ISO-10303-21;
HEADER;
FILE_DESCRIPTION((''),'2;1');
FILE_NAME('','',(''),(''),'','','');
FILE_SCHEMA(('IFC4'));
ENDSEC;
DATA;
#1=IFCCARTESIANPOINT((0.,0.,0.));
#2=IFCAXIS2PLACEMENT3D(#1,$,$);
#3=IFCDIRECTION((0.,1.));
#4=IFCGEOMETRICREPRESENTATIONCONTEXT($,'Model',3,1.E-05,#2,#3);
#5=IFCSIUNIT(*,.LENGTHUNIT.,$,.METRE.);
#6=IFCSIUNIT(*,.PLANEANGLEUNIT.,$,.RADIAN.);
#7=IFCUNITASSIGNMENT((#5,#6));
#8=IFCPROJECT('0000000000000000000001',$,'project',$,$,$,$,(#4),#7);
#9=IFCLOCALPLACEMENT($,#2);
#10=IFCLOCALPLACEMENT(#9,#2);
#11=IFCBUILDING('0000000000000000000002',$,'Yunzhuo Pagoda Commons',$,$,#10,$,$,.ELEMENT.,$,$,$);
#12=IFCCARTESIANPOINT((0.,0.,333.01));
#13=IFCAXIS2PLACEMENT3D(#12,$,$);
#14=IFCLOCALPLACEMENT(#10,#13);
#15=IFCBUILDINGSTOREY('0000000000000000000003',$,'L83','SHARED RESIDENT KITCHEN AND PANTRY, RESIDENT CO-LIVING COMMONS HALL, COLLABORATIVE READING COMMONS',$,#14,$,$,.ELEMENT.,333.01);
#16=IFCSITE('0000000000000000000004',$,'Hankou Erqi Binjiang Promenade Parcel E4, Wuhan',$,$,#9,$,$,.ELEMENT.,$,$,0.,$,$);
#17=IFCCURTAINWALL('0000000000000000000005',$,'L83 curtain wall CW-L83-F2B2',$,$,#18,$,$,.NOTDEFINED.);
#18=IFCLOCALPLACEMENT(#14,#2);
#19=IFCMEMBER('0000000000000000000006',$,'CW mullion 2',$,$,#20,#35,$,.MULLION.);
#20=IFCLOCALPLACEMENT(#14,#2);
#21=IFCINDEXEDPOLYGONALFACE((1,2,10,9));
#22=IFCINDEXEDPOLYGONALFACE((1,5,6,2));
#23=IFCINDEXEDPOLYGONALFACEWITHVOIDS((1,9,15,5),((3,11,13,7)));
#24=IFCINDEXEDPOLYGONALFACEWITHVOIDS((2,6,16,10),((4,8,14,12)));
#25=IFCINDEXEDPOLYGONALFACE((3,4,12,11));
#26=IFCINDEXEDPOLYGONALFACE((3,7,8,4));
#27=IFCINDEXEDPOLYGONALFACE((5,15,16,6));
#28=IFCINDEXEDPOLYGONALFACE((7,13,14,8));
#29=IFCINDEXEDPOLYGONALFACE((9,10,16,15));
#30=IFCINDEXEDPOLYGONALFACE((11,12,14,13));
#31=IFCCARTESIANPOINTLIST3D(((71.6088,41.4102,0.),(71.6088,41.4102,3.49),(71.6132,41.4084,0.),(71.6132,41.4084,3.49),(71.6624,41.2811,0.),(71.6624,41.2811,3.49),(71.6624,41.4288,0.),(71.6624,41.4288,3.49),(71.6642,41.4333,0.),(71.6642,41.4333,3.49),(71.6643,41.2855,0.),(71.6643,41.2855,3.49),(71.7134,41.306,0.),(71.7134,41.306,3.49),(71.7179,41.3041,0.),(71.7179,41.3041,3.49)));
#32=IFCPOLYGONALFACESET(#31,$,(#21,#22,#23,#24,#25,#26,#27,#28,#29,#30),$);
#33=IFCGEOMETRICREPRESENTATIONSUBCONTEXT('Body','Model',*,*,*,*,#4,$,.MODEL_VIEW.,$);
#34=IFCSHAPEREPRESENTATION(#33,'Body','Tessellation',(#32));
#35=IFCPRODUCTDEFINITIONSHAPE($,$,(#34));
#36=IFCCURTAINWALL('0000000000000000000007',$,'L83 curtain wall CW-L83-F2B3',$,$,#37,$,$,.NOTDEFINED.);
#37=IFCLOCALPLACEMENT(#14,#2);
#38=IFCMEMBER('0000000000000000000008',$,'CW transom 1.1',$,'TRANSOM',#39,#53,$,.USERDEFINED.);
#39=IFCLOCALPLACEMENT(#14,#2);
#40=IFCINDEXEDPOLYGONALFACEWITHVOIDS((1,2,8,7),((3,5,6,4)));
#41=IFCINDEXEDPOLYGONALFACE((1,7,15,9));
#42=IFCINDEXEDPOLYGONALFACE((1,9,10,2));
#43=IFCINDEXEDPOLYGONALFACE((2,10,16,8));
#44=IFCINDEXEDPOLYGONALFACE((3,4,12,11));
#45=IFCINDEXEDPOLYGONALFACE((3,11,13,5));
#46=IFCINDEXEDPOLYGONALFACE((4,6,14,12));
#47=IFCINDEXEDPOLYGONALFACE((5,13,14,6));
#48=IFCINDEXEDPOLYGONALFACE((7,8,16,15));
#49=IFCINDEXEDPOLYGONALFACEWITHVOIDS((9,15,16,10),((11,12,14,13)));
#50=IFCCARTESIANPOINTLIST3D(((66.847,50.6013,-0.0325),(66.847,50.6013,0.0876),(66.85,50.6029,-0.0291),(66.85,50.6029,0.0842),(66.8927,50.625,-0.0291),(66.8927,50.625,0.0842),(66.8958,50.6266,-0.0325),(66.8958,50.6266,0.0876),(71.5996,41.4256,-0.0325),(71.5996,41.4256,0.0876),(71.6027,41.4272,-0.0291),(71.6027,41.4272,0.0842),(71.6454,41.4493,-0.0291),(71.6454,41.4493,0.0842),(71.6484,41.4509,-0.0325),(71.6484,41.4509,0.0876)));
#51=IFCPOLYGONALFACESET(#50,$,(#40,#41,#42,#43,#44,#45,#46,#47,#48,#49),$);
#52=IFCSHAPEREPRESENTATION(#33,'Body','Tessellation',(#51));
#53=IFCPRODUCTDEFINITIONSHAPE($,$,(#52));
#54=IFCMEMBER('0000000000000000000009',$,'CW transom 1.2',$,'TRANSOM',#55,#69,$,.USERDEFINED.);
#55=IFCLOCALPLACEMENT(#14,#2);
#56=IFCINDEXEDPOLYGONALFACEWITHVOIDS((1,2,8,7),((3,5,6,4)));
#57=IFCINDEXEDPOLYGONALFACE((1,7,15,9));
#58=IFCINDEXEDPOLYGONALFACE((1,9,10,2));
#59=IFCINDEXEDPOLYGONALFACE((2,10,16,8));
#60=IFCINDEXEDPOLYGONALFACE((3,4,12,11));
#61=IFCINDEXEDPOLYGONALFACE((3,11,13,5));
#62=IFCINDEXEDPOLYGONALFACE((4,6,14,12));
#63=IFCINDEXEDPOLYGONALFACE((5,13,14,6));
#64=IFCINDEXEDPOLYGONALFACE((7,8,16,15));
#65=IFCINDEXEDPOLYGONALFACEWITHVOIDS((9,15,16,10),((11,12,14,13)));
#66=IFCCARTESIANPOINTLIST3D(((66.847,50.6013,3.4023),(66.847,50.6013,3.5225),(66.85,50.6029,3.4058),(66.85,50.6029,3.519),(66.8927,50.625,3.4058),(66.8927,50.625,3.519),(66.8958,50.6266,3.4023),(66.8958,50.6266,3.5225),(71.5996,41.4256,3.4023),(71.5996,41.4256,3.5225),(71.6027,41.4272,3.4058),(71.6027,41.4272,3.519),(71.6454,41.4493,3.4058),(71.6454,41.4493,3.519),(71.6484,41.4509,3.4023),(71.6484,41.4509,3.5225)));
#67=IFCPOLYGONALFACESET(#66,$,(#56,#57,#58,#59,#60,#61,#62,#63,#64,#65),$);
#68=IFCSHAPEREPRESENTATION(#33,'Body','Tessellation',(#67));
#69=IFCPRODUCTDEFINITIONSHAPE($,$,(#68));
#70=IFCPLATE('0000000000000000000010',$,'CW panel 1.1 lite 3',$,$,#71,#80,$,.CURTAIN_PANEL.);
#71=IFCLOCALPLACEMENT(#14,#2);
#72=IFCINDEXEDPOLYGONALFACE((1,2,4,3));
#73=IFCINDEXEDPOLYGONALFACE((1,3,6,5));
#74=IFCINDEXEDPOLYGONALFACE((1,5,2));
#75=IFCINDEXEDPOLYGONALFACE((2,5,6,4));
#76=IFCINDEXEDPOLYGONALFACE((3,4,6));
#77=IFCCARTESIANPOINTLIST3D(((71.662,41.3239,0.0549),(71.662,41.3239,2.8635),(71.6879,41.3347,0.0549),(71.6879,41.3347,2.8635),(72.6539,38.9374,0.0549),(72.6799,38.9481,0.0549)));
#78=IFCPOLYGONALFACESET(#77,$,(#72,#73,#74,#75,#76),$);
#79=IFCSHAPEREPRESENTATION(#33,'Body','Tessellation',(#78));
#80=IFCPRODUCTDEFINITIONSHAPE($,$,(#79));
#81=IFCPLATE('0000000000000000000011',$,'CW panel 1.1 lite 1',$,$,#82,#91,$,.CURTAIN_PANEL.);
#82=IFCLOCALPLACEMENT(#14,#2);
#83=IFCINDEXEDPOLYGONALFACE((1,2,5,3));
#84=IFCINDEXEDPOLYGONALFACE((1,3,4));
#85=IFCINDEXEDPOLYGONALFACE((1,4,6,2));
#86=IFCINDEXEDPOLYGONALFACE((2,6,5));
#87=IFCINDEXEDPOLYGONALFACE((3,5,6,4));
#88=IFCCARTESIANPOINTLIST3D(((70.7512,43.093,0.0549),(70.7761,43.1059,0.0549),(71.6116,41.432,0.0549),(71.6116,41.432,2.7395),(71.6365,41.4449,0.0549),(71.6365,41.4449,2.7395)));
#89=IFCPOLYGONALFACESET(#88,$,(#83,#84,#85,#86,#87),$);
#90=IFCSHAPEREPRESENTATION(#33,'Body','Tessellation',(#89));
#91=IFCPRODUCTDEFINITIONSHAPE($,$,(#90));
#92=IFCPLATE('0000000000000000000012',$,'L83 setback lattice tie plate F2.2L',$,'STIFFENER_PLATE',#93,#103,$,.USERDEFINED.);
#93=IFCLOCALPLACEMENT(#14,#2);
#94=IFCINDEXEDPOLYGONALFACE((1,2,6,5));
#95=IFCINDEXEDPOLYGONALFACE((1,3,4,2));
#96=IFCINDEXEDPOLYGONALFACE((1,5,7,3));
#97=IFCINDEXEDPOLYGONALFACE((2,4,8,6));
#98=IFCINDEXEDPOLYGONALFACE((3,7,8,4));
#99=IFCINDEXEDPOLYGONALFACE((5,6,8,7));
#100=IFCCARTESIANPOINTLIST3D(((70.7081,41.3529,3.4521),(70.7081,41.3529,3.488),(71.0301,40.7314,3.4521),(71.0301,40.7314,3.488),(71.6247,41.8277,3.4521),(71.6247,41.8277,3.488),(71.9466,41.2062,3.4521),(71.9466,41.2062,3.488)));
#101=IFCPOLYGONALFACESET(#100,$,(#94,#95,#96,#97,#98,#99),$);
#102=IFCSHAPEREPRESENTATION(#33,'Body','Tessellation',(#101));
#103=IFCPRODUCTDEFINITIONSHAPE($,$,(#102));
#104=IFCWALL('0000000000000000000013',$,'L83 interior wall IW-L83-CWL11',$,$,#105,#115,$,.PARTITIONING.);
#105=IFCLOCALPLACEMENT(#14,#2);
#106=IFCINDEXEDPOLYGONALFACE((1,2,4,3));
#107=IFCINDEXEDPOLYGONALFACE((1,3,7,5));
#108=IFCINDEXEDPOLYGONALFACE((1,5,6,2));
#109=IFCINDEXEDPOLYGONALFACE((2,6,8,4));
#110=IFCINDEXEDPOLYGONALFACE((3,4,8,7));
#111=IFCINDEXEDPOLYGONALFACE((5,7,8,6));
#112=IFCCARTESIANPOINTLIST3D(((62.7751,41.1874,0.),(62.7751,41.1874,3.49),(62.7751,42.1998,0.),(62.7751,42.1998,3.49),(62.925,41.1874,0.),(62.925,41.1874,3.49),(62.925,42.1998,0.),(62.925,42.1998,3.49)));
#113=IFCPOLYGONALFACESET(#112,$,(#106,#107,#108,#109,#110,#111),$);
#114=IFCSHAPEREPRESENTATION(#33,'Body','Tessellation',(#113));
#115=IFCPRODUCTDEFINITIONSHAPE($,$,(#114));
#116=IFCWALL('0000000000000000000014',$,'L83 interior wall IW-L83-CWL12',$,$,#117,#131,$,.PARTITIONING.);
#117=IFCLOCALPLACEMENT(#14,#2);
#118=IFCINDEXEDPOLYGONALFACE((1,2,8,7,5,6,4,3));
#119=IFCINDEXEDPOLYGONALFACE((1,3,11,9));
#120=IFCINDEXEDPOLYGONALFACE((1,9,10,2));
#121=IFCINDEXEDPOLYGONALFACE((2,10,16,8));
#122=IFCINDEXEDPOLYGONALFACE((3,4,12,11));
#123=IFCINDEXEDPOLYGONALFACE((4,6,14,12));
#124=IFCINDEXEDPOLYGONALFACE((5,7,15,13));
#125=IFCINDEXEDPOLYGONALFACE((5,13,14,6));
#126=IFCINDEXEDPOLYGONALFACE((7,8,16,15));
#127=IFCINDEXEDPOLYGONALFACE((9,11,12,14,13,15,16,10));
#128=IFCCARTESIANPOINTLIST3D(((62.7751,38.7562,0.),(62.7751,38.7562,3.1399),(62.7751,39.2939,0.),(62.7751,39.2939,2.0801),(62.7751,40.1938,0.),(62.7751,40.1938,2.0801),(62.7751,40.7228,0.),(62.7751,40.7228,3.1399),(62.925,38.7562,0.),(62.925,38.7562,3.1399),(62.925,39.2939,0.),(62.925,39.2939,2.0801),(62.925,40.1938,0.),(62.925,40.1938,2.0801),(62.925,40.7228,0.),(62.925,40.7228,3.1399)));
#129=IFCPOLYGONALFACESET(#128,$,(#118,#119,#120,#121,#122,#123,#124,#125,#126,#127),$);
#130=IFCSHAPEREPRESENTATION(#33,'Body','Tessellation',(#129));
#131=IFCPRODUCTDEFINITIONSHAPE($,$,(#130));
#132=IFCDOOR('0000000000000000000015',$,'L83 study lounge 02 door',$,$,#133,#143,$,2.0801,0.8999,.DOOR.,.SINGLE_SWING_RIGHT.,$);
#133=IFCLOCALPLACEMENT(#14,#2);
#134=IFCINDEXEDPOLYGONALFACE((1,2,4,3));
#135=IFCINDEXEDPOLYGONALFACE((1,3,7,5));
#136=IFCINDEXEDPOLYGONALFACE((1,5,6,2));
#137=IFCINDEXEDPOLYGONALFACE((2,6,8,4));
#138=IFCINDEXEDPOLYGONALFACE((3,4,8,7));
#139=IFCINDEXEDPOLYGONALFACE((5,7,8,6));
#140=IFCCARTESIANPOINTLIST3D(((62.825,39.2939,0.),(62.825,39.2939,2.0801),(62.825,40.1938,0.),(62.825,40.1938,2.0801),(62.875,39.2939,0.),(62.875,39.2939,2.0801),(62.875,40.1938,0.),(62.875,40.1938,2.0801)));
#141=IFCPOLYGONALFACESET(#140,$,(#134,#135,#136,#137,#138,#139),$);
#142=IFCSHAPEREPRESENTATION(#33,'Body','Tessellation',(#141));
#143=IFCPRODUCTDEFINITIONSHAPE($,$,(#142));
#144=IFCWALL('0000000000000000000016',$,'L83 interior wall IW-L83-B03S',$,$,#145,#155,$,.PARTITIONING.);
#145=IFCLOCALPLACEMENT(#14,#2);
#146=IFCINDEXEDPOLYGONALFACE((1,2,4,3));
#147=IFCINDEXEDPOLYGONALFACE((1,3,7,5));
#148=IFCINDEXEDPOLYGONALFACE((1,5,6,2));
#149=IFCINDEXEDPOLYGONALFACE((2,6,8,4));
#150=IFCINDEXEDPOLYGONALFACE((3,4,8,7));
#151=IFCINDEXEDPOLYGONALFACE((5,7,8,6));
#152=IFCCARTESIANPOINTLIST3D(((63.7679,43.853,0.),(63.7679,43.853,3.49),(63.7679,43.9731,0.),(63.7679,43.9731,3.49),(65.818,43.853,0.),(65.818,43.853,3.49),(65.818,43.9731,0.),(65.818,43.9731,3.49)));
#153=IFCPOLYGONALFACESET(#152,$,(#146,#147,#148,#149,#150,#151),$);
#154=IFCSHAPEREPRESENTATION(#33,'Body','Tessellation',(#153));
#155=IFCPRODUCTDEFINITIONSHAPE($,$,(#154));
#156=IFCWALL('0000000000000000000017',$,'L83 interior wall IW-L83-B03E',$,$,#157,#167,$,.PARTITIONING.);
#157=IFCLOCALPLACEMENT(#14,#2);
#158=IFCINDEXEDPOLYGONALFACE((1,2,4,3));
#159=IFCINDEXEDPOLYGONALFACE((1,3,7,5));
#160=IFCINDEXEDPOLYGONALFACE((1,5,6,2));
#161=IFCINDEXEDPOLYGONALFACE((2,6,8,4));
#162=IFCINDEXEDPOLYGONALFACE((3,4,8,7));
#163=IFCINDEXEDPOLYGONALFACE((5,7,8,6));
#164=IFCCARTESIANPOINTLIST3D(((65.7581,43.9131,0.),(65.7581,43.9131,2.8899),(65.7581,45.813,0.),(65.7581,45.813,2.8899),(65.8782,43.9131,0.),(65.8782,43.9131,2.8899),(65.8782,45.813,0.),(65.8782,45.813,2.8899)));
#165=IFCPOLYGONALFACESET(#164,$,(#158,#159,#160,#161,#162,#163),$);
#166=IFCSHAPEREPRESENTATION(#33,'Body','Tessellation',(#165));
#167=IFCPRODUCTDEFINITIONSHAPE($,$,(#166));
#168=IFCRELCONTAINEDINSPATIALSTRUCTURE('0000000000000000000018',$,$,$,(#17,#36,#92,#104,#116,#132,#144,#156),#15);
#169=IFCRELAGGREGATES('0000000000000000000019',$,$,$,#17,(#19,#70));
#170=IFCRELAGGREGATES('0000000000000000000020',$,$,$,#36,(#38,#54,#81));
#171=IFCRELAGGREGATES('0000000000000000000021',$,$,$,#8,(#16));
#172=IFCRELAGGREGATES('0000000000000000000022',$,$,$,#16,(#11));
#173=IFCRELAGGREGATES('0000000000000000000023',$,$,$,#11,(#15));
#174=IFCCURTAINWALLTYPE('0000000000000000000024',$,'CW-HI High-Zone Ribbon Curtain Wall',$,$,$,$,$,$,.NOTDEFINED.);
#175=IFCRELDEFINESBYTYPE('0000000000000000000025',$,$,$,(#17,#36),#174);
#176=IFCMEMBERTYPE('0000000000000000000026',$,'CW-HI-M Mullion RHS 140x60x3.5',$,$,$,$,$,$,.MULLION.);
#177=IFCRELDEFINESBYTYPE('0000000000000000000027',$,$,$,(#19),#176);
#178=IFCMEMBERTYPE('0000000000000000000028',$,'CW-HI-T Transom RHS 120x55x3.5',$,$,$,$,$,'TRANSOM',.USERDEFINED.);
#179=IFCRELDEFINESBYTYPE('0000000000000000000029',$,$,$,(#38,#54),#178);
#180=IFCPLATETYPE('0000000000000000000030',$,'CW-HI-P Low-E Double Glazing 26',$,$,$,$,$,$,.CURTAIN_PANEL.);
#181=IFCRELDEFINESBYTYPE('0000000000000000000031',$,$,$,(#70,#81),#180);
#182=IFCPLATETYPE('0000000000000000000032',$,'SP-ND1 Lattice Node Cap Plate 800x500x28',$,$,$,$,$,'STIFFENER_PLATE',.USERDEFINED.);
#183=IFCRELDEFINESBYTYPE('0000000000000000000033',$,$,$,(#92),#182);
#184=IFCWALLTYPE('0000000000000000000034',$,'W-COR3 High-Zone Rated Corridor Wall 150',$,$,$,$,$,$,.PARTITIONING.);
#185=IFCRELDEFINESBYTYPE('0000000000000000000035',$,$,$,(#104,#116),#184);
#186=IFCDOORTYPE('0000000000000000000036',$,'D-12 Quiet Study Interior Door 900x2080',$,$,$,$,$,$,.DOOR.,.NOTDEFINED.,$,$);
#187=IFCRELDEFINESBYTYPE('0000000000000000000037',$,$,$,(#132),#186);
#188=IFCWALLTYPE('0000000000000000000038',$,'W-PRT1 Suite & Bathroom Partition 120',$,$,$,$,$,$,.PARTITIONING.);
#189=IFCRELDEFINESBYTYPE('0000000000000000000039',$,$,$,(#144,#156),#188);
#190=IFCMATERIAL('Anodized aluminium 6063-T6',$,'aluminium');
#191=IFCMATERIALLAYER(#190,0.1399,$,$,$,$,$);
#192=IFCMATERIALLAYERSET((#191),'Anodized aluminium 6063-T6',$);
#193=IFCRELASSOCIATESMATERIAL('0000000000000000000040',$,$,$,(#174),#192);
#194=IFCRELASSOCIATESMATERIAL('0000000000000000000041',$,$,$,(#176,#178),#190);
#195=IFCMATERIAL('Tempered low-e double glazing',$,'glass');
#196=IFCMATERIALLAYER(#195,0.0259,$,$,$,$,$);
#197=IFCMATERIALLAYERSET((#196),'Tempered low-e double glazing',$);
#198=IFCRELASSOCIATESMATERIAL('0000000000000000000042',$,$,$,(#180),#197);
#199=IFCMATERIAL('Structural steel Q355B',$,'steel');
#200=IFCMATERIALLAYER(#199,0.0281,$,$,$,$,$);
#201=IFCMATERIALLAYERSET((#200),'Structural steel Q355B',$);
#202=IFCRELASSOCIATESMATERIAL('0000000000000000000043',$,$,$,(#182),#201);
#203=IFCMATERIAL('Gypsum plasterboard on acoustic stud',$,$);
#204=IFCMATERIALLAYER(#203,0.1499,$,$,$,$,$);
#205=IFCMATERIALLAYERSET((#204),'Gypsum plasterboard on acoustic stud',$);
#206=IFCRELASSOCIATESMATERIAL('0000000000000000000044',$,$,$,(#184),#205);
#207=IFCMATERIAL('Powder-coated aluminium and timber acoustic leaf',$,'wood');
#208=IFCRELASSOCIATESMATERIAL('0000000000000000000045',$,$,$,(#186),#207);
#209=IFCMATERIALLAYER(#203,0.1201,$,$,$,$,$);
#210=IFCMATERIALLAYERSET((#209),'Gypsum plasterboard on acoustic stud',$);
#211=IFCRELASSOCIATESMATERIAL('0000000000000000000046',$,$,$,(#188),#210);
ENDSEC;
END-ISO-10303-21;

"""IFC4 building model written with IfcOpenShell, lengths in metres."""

from ifc_helpers import new_model, si_unit, direction, frame, frame_2d, origin, origin_with_axes, origin_2d, place, context, subcontext, project, spatial, polyline, rectangle, hollow_rectangle, outline, extrude, source, transform, mapped, material, layer, layer_set, material_profile, profile_set, type_object, element, fill, aggregate, save


model = new_model("IFC4")

# Units and contexts
model_context = context("Model", 3, precision=1e-05, world=origin(), true_north=direction((0.0, 1.0)))
body_context = subcontext(model_context, "Body", "Model", "MODEL_VIEW")
ifc_project = project(units=[si_unit("LENGTHUNIT", "METRE"), si_unit("PLANEANGLEUNIT", "RADIAN")], contexts=[model_context])

# Site, building, storey
site_placement = place(None, origin())
site = spatial("IfcSite", under=ifc_project, at=site_placement, Name="Hankou Erqi Binjiang Promenade Parcel E4, Wuhan", CompositionType="ELEMENT", RefElevation=0.0)
building_placement = place(site_placement, origin())
building = spatial("IfcBuilding", under=site, at=building_placement, Name="Yunzhuo Pagoda Commons", CompositionType="ELEMENT")
storey_placement = place(building_placement, frame((0.0, 0.0, 333.01)))
storey = spatial("IfcBuildingStorey", under=building, at=storey_placement, Name="L83", Description="SHARED RESIDENT KITCHEN AND PANTRY, RESIDENT CO-LIVING COMMONS HALL, COLLABORATIVE READING COMMONS", CompositionType="ELEMENT", Elevation=333.01)

# Shared definitions
ifc_material_1 = material(Name="Structural steel Q355B", Category="steel")

# Curtain wall, member
ifc_material_2 = material(Name="Anodized aluminium 6063-T6", Category="aluminium")
ifc_layer_1 = layer(ifc_material_2, 0.1399)
ifc_layer_set_1 = layer_set([ifc_layer_1], Name="Anodized aluminium 6063-T6")
curtain_wall_type = type_object("IfcCurtainWallType", Name="CW-HI High-Zone Ribbon Curtain Wall", PredefinedType="NOTDEFINED", material=ifc_layer_set_1)
curtain_wall_1_placement = place(storey_placement, origin())
curtain_wall_1 = element("IfcCurtainWall", 1, at=curtain_wall_1_placement, inside=storey, type_object=curtain_wall_type, Name="L83 curtain wall CW-L83-F2B2", PredefinedType="NOTDEFINED")
ifc_material_profile_1 = material_profile(ifc_material_2, hollow_rectangle(XDim=0.0601, YDim=0.1399, WallThickness=0.0034, at=origin_2d()), Name="Anodized aluminium 6063-T6")
ifc_profile_set_1 = profile_set([ifc_material_profile_1], Name="Anodized aluminium 6063-T6")
member_type_1 = type_object("IfcMemberType", Name="CW-HI-M Mullion RHS 140x60x3.5", PredefinedType="MULLION", material=ifc_profile_set_1)
shared_shape_1 = source(origin(), body_context, "Body", "SweptSolid", [
    extrude(hollow_rectangle(XDim=0.0601, YDim=0.1399, WallThickness=0.0034, at=origin_2d()), origin(), (0.0, 0.0, 1.0), 3.49),
])
member_1_placement = place(storey_placement, frame((71.6633, 41.3572, 0.0), z_axis=(0.0, 0.0, 1.0), x_axis=(-0.923407, -0.383822, 0.0)))
member_1 = element("IfcMember", 2, at=member_1_placement, type_object=member_type_1, Name="CW mullion 2", PredefinedType="MULLION", context=body_context, shape_type="MappedRepresentation", body=[
    mapped(shared_shape_1, transform((0.0, 0.0, 0.0), scale=1.0)),
])

# Curtain wall, members
curtain_wall_2_placement = place(storey_placement, origin())
curtain_wall_2 = element("IfcCurtainWall", 3, at=curtain_wall_2_placement, inside=storey, type_object=curtain_wall_type, Name="L83 curtain wall CW-L83-F2B3", PredefinedType="NOTDEFINED")
ifc_material_profile_2 = material_profile(ifc_material_2, hollow_rectangle(XDim=0.0549, YDim=0.1201, WallThickness=0.0034, at=origin_2d()), Name="Anodized aluminium 6063-T6")
ifc_profile_set_2 = profile_set([ifc_material_profile_2], Name="Anodized aluminium 6063-T6")
member_type_2 = type_object("IfcMemberType", Name="CW-HI-T Transom RHS 120x55x3.5", ElementType="TRANSOM", PredefinedType="USERDEFINED", material=ifc_profile_set_2)
shared_shape_2 = source(origin(), body_context, "Body", "SweptSolid", [
    extrude(hollow_rectangle(XDim=0.0549, YDim=0.1201, WallThickness=0.0034, at=origin_2d()), origin(), (0.0, 0.0, 1.0), 10.3335),
])
member_2_placement = place(storey_placement, frame((71.624, 41.4382, 0.0276), z_axis=(-0.459926, 0.887957, 0.0), x_axis=(-0.887957, -0.459926, 0.0)))
member_2 = element("IfcMember", 4, at=member_2_placement, type_object=member_type_2, Name="CW transom 1.1", ObjectType="TRANSOM", PredefinedType="USERDEFINED", context=body_context, shape_type="MappedRepresentation", body=[
    mapped(shared_shape_2, transform((0.0, 0.0, 0.0), scale=1.0)),
])
member_3_placement = place(storey_placement, frame((71.624, 41.4382, 3.4624), z_axis=(-0.459926, 0.887957, 0.0), x_axis=(-0.887957, -0.459926, 0.0)))
member_3 = element("IfcMember", 5, at=member_3_placement, type_object=member_type_2, Name="CW transom 1.2", ObjectType="TRANSOM", PredefinedType="USERDEFINED", context=body_context, shape_type="MappedRepresentation", body=[
    mapped(shared_shape_2, transform((0.0, 0.0, 0.0), scale=1.0)),
])

# Plates
ifc_material_3 = material(Name="Tempered low-e double glazing", Category="glass")
ifc_layer_2 = layer(ifc_material_3, 0.0259)
ifc_layer_set_2 = layer_set([ifc_layer_2], Name="Tempered low-e double glazing")
plate_type_1 = type_object("IfcPlateType", Name="CW-HI-P Low-E Double Glazing 26", PredefinedType="CURTAIN_PANEL", material=ifc_layer_set_2)
plate_1_placement = place(storey_placement, frame((72.158, 40.1306, 1.4592), z_axis=(0.923407, 0.383822, 0.0), x_axis=(-0.383822, 0.923407, 0.0)))
plate_1 = element("IfcPlate", 6, at=plate_1_placement, type_object=plate_type_1, Name="CW panel 1.1 lite 3", PredefinedType="CURTAIN_PANEL", context=body_context, shape_type="SweptSolid", body=[
    extrude(outline(polyline([(-1.2922, -1.4043), (1.2922, -1.4043), (1.2922, 1.4043), (-1.2922, -1.4043)])), origin(), (0.0, 0.0, 1.0), 0.0281),
])
aggregate(curtain_wall_1, [member_1, plate_1])
plate_2_placement = place(storey_placement, frame((71.1814, 42.2625, 1.3972), z_axis=(0.887948, 0.459945, 0.0), x_axis=(-0.459945, 0.887948, 0.0)))
plate_2 = element("IfcPlate", 7, at=plate_2_placement, type_object=plate_type_1, Name="CW panel 1.1 lite 1", PredefinedType="CURTAIN_PANEL", context=body_context, shape_type="SweptSolid", body=[
    extrude(outline(polyline([(-0.9353, -1.3423), (0.9353, -1.3423), (-0.9353, 1.3423), (-0.9353, -1.3423)])), origin(), (0.0, 0.0, 1.0), 0.0281),
])
aggregate(curtain_wall_2, [member_2, member_3, plate_2])
ifc_layer_3 = layer(ifc_material_1, 0.0281)
ifc_layer_set_3 = layer_set([ifc_layer_3], Name="Structural steel Q355B")
plate_type_2 = type_object("IfcPlateType", Name="SP-ND1 Lattice Node Cap Plate 800x500x28", ElementType="STIFFENER_PLATE", PredefinedType="USERDEFINED", material=ifc_layer_set_3)
shared_shape_3 = source(origin(), body_context, "Body", "SweptSolid", [
    extrude(rectangle(XDim=0.7, YDim=1.0322, at=origin_2d()), origin(), (0.0, 0.0, 1.0), 0.0359),
])
plate_3_placement = place(storey_placement, frame((71.3274, 41.2795, 3.4521), z_axis=(0.0, 0.0, 1.0), x_axis=(-0.459952, 0.887944, 0.0)))
element("IfcPlate", 8, at=plate_3_placement, inside=storey, type_object=plate_type_2, Name="L83 setback lattice tie plate F2.2L", ObjectType="STIFFENER_PLATE", PredefinedType="USERDEFINED", context=body_context, shape_type="MappedRepresentation", body=[
    mapped(shared_shape_3, transform((0.0, 0.0, 0.0), scale=1.0)),
])

# Wall
ifc_material_4 = material(Name="Gypsum plasterboard on acoustic stud")
ifc_layer_4 = layer(ifc_material_4, 0.1499)
ifc_layer_set_4 = layer_set([ifc_layer_4], Name="Gypsum plasterboard on acoustic stud")
wall_type_1 = type_object("IfcWallType", Name="W-COR3 High-Zone Rated Corridor Wall 150", PredefinedType="PARTITIONING", material=ifc_layer_set_4)
wall_1_placement = place(storey_placement, frame((62.8501, 42.2, 0.0), z_axis=(0.0, 0.0, 1.0), x_axis=(0.0, -1.0, 0.0)))
element("IfcWall", 9, at=wall_1_placement, inside=storey, type_object=wall_type_1, Name="L83 interior wall IW-L83-CWL11", PredefinedType="PARTITIONING", context=body_context, shape_type="SweptSolid", body=[
    extrude(rectangle(XDim=1.0125, YDim=0.1499, at=frame_2d((0.5063, 0.0))), origin(), (0.0, 0.0, 1.0), 3.49),
])

# Wall, opening, door
wall_2_placement = place(storey_placement, frame((62.8501, 40.7229, 0.0), z_axis=(0.0, 0.0, 1.0), x_axis=(0.0, -1.0, 0.0)))
wall_2 = element("IfcWall", 10, at=wall_2_placement, inside=storey, type_object=wall_type_1, Name="L83 interior wall IW-L83-CWL12", PredefinedType="PARTITIONING", context=body_context, shape_type="SweptSolid", body=[
    extrude(rectangle(XDim=1.9666, YDim=0.1499, at=frame_2d((0.9834, 0.0))), origin(), (0.0, 0.0, 1.0), 3.1399),
])
opening_1_placement = place(wall_2_placement, frame((0.5291, 0.0, 0.0)))
opening_1 = element("IfcOpeningElement", 11, at=opening_1_placement, cuts=wall_2, PredefinedType="OPENING", context=body_context, shape_type="SweptSolid", body=[
    extrude(rectangle(XDim=0.8999, YDim=2.0801, at=frame_2d((0.45, 1.04))), frame((0.0, 0.085, 0.0), z_axis=(0.0, -1.0, 0.0), x_axis=(1.0, 0.0, 0.0)), (0.0, 0.0, 1.0), 0.1699),
])
ifc_material_5 = material(Name="Powder-coated aluminium and timber acoustic leaf", Category="wood")
door_type_1 = type_object("IfcDoorType", Name="D-12 Quiet Study Interior Door 900x2080", OperationType="NOTDEFINED", PredefinedType="DOOR", material=ifc_material_5)
shared_shape_4 = source(origin(), body_context, "Body", "SweptSolid", [
    extrude(rectangle(XDim=0.8999, YDim=2.0801, at=frame_2d((0.45, 1.04))), frame((0.0, 0.0249, 0.0), z_axis=(0.0, -1.0, 0.0), x_axis=(1.0, 0.0, 0.0)), (0.0, 0.0, 1.0), 0.05),
])
door_1_placement = place(opening_1_placement, origin_with_axes())
door_1 = element("IfcDoor", 12, at=door_1_placement, inside=storey, type_object=door_type_1, Name="L83 study lounge 02 door", OperationType="SINGLE_SWING_RIGHT", OverallHeight=2.0801, OverallWidth=0.8999, PredefinedType="DOOR", context=body_context, shape_type="MappedRepresentation", body=[
    mapped(shared_shape_4, transform((0.0, 0.0, 0.0), scale=1.0)),
])
fill(opening_1, door_1)

# Walls
ifc_layer_5 = layer(ifc_material_4, 0.1201)
ifc_layer_set_5 = layer_set([ifc_layer_5], Name="Gypsum plasterboard on acoustic stud")
wall_type_2 = type_object("IfcWallType", Name="W-PRT1 Suite & Bathroom Partition 120", PredefinedType="PARTITIONING", material=ifc_layer_set_5)
wall_3_placement = place(storey_placement, frame((63.7681, 43.9131, 0.0), z_axis=(0.0, 0.0, 1.0), x_axis=(1.0, 0.0, 0.0)))
element("IfcWall", 13, at=wall_3_placement, inside=storey, type_object=wall_type_2, Name="L83 interior wall IW-L83-B03S", PredefinedType="PARTITIONING", context=body_context, shape_type="SweptSolid", body=[
    extrude(rectangle(XDim=2.05, YDim=0.1201, at=frame_2d((1.0249, 0.0))), origin(), (0.0, 0.0, 1.0), 3.49),
])
wall_4_placement = place(storey_placement, frame((65.8181, 43.9131, 0.0), z_axis=(0.0, 0.0, 1.0), x_axis=(0.0, 1.0, 0.0)))
element("IfcWall", 14, at=wall_4_placement, inside=storey, type_object=wall_type_2, Name="L83 interior wall IW-L83-B03E", PredefinedType="PARTITIONING", context=body_context, shape_type="SweptSolid", body=[
    extrude(rectangle(XDim=1.8999, YDim=0.1201, at=frame_2d((0.95, 0.0))), origin(), (0.0, 0.0, 1.0), 2.8899),
])

save(model, "model.ifc")
